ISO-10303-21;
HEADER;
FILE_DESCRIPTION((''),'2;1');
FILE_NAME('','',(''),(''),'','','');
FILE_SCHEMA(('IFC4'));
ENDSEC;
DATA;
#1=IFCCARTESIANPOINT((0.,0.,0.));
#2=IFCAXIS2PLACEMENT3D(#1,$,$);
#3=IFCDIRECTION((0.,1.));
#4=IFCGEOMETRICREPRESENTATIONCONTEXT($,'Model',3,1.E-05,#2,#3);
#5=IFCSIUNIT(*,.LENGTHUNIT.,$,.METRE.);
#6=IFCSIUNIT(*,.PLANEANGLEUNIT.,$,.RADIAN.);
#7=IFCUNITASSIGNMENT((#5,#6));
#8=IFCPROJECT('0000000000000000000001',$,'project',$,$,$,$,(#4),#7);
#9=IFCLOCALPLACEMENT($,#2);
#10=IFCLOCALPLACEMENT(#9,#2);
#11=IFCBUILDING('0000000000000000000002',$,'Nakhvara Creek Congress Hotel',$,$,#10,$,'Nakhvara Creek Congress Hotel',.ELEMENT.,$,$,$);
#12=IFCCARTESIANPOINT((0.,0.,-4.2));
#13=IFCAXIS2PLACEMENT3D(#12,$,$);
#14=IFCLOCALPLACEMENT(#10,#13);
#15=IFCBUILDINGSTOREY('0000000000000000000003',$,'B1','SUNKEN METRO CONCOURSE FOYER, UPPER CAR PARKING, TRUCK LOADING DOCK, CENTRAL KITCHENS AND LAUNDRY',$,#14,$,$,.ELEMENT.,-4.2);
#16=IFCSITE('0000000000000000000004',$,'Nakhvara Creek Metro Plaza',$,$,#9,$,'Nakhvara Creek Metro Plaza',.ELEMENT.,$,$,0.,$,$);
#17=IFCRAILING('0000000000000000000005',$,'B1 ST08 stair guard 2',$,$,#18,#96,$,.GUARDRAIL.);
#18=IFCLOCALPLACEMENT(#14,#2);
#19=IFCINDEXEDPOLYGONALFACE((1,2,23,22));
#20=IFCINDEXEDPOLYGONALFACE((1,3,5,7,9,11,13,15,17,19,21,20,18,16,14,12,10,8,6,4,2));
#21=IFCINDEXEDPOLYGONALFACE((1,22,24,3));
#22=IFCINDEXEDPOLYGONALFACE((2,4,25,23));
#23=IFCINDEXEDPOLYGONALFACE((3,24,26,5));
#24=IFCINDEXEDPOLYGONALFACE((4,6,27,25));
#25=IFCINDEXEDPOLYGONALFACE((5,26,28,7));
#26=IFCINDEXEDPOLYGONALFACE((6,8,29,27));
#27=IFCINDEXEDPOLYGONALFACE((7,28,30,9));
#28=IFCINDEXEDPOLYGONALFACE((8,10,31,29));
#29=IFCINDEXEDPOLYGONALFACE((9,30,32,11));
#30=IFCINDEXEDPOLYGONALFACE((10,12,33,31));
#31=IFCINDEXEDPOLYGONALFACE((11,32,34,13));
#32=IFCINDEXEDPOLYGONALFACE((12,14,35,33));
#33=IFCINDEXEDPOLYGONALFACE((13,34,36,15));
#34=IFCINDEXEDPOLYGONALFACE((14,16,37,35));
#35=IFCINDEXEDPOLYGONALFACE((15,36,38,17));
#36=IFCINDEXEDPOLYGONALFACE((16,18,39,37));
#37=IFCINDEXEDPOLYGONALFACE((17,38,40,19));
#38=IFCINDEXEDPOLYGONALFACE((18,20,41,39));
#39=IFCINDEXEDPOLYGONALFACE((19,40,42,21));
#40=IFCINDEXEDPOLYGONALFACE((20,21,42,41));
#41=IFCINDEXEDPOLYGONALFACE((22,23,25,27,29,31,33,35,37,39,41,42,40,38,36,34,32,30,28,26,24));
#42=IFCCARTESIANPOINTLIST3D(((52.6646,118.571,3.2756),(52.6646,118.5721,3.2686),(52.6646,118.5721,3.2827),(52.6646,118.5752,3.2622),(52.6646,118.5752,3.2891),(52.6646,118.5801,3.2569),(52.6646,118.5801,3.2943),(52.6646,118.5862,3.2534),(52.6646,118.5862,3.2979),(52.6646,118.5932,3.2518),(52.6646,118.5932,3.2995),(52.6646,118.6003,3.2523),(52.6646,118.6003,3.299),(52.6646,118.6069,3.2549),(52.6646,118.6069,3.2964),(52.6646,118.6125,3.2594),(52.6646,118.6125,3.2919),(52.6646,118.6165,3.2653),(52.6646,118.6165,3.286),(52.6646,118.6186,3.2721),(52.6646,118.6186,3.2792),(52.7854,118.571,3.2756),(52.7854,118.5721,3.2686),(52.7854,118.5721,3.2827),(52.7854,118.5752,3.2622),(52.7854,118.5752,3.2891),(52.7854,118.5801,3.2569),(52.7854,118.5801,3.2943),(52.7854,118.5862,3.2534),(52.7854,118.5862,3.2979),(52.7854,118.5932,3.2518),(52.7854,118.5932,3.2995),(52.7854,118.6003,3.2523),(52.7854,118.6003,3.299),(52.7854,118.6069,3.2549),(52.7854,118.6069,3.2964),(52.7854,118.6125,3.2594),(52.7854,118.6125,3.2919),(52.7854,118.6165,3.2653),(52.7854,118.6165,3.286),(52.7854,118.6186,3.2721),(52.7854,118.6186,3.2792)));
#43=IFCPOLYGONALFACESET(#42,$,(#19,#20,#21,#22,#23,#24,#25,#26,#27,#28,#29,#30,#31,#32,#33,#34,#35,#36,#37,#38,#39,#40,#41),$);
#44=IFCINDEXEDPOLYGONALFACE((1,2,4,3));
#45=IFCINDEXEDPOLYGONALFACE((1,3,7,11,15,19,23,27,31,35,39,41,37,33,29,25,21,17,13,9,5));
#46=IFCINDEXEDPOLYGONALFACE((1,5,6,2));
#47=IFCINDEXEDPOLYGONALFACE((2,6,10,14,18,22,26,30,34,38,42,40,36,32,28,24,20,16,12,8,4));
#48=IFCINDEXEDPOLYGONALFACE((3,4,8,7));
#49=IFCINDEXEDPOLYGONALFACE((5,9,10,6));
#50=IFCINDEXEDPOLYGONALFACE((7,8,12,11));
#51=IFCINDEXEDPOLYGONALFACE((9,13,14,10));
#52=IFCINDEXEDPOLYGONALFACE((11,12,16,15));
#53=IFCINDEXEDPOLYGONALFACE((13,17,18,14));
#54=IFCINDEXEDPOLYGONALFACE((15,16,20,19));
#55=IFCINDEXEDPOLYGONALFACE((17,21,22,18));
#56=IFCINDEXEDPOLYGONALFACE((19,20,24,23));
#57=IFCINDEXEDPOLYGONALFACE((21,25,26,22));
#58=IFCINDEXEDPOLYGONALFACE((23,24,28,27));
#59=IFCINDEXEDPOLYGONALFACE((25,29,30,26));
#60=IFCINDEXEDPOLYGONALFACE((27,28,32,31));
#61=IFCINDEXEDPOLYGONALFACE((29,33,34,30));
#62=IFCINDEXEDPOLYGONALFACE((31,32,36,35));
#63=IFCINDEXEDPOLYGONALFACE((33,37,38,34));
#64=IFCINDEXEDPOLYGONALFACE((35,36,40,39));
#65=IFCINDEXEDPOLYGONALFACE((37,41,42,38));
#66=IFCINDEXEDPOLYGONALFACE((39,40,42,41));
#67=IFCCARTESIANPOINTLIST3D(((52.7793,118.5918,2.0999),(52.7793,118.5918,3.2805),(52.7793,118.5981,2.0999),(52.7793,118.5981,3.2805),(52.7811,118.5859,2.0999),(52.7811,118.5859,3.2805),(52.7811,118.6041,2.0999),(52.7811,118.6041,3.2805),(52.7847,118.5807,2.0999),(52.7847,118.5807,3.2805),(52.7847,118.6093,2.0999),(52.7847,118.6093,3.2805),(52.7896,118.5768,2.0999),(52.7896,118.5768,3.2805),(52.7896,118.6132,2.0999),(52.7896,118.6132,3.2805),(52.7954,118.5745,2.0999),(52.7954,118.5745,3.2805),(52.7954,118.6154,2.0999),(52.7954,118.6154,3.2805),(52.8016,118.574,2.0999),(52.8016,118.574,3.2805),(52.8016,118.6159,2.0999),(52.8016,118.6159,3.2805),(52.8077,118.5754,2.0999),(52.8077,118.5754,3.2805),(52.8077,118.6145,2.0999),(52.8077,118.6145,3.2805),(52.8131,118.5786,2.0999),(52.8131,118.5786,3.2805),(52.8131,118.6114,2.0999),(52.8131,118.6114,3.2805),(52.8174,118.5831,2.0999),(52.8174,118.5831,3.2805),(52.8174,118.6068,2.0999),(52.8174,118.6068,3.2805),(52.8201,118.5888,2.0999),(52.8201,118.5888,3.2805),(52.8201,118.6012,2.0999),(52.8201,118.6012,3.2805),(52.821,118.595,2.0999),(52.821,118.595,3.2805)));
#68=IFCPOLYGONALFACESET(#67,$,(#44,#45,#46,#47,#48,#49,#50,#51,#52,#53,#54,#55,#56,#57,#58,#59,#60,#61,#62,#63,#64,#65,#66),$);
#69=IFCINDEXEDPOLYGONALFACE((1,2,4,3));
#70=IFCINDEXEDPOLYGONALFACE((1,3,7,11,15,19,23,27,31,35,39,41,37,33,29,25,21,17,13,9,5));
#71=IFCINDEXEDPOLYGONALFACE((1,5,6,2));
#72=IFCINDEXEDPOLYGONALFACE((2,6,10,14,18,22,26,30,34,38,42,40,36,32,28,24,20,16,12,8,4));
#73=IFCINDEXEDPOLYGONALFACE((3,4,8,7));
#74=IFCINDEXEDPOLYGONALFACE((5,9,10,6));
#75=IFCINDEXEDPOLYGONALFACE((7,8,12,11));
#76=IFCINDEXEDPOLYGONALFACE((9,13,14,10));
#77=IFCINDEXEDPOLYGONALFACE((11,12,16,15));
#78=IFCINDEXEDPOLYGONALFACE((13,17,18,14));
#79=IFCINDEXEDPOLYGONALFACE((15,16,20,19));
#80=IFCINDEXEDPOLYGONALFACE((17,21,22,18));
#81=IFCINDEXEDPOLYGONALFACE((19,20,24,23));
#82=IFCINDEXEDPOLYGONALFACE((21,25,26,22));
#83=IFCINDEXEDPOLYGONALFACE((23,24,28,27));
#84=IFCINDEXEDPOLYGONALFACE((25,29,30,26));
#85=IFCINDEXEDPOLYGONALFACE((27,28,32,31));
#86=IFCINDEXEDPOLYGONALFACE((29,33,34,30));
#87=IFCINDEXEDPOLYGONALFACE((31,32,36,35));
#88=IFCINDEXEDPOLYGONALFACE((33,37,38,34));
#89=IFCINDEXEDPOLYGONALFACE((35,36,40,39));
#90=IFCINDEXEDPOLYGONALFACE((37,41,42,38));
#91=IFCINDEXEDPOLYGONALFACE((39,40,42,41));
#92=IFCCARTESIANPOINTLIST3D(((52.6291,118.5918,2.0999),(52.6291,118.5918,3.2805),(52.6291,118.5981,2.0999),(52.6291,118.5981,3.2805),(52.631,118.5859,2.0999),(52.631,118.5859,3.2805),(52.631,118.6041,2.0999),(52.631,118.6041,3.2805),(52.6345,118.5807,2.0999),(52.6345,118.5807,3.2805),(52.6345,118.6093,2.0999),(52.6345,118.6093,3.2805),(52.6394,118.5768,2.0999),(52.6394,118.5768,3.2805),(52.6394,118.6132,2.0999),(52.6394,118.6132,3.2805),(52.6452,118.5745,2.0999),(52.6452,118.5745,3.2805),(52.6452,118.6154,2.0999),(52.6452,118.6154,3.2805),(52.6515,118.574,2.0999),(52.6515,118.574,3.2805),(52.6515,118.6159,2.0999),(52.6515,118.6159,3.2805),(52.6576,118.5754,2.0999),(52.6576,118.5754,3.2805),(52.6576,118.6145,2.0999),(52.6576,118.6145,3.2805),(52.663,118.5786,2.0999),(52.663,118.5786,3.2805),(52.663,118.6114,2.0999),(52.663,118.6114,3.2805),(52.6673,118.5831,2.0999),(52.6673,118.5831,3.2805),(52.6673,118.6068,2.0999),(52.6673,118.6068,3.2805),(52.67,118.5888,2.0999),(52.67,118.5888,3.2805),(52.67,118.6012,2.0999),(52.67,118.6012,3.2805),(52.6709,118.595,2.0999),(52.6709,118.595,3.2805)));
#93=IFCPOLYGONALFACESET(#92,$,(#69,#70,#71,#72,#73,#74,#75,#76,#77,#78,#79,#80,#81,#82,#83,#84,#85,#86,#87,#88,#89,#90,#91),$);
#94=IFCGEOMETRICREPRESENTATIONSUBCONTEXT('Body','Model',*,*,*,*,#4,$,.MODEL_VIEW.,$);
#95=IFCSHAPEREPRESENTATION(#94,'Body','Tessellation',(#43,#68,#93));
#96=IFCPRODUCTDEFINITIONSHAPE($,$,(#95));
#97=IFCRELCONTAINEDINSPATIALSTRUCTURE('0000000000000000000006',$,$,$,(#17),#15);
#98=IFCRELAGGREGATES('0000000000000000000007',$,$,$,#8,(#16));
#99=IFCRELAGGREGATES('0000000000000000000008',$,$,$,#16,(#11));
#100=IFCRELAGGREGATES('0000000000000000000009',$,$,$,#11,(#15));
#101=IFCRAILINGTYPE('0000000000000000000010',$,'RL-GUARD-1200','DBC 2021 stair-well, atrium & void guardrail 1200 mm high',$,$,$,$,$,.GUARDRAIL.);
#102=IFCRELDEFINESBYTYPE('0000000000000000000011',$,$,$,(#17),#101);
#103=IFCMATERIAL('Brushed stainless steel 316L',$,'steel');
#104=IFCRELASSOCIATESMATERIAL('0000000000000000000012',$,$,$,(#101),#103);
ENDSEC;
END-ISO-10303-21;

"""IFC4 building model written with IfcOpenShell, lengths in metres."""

from ifc_helpers import new_model, si_unit, direction, frame, origin, origin_2d, place, context, subcontext, project, spatial, circle, extrude, material, type_object, element, save


model = new_model("IFC4")

# Units and contexts
model_context = context("Model", 3, precision=1e-05, world=origin(), true_north=direction((0.0, 1.0)))
body_context = subcontext(model_context, "Body", "Model", "MODEL_VIEW")
ifc_project = project(units=[si_unit("LENGTHUNIT", "METRE"), si_unit("PLANEANGLEUNIT", "RADIAN")], contexts=[model_context])

# Site, building, storey
site_placement = place(None, origin())
site = spatial("IfcSite", under=ifc_project, at=site_placement, Name="Nakhvara Creek Metro Plaza", LongName="Nakhvara Creek Metro Plaza", CompositionType="ELEMENT", RefElevation=0.0)
building_placement = place(site_placement, origin())
building = spatial("IfcBuilding", under=site, at=building_placement, Name="Nakhvara Creek Congress Hotel", LongName="Nakhvara Creek Congress Hotel", CompositionType="ELEMENT")
storey_placement = place(building_placement, frame((0.0, 0.0, -4.2)))
storey = spatial("IfcBuildingStorey", under=building, at=storey_placement, Name="B1", Description="SUNKEN METRO CONCOURSE FOYER, UPPER CAR PARKING, TRUCK LOADING DOCK, CENTRAL KITCHENS AND LAUNDRY", CompositionType="ELEMENT", Elevation=-4.2)

# Railing
ifc_material_1 = material(Name="Brushed stainless steel 316L", Category="steel")
railing_type_1 = type_object("IfcRailingType", Name="RL-GUARD-1200", Description="DBC 2021 stair-well, atrium & void guardrail 1200 mm high", PredefinedType="GUARDRAIL", material=ifc_material_1)
railing_1_placement = place(storey_placement, frame((52.8, 118.595, 2.0999)))
element("IfcRailing", 1, at=railing_1_placement, inside=storey, type_object=railing_type_1, Name="B1 ST08 stair guard 2", PredefinedType="GUARDRAIL", context=body_context, shape_type="SweptSolid", body=[
    extrude(circle(Radius=0.0239, at=origin_2d()), frame((-0.0146, 0.0, 1.1758), z_axis=(-1.0, 0.0, 0.0), x_axis=(0.0, -1.0, 0.0)), (0.0, 0.0, 1.0), 0.1208),
    extrude(circle(Radius=0.021, at=origin_2d()), origin(), (0.0, 0.0, 1.0), 1.1807),
    extrude(circle(Radius=0.021, at=origin_2d()), frame((-0.1501, 0.0, 0.0)), (0.0, 0.0, 1.0), 1.1807),
])

save(model, "model.ifc")
